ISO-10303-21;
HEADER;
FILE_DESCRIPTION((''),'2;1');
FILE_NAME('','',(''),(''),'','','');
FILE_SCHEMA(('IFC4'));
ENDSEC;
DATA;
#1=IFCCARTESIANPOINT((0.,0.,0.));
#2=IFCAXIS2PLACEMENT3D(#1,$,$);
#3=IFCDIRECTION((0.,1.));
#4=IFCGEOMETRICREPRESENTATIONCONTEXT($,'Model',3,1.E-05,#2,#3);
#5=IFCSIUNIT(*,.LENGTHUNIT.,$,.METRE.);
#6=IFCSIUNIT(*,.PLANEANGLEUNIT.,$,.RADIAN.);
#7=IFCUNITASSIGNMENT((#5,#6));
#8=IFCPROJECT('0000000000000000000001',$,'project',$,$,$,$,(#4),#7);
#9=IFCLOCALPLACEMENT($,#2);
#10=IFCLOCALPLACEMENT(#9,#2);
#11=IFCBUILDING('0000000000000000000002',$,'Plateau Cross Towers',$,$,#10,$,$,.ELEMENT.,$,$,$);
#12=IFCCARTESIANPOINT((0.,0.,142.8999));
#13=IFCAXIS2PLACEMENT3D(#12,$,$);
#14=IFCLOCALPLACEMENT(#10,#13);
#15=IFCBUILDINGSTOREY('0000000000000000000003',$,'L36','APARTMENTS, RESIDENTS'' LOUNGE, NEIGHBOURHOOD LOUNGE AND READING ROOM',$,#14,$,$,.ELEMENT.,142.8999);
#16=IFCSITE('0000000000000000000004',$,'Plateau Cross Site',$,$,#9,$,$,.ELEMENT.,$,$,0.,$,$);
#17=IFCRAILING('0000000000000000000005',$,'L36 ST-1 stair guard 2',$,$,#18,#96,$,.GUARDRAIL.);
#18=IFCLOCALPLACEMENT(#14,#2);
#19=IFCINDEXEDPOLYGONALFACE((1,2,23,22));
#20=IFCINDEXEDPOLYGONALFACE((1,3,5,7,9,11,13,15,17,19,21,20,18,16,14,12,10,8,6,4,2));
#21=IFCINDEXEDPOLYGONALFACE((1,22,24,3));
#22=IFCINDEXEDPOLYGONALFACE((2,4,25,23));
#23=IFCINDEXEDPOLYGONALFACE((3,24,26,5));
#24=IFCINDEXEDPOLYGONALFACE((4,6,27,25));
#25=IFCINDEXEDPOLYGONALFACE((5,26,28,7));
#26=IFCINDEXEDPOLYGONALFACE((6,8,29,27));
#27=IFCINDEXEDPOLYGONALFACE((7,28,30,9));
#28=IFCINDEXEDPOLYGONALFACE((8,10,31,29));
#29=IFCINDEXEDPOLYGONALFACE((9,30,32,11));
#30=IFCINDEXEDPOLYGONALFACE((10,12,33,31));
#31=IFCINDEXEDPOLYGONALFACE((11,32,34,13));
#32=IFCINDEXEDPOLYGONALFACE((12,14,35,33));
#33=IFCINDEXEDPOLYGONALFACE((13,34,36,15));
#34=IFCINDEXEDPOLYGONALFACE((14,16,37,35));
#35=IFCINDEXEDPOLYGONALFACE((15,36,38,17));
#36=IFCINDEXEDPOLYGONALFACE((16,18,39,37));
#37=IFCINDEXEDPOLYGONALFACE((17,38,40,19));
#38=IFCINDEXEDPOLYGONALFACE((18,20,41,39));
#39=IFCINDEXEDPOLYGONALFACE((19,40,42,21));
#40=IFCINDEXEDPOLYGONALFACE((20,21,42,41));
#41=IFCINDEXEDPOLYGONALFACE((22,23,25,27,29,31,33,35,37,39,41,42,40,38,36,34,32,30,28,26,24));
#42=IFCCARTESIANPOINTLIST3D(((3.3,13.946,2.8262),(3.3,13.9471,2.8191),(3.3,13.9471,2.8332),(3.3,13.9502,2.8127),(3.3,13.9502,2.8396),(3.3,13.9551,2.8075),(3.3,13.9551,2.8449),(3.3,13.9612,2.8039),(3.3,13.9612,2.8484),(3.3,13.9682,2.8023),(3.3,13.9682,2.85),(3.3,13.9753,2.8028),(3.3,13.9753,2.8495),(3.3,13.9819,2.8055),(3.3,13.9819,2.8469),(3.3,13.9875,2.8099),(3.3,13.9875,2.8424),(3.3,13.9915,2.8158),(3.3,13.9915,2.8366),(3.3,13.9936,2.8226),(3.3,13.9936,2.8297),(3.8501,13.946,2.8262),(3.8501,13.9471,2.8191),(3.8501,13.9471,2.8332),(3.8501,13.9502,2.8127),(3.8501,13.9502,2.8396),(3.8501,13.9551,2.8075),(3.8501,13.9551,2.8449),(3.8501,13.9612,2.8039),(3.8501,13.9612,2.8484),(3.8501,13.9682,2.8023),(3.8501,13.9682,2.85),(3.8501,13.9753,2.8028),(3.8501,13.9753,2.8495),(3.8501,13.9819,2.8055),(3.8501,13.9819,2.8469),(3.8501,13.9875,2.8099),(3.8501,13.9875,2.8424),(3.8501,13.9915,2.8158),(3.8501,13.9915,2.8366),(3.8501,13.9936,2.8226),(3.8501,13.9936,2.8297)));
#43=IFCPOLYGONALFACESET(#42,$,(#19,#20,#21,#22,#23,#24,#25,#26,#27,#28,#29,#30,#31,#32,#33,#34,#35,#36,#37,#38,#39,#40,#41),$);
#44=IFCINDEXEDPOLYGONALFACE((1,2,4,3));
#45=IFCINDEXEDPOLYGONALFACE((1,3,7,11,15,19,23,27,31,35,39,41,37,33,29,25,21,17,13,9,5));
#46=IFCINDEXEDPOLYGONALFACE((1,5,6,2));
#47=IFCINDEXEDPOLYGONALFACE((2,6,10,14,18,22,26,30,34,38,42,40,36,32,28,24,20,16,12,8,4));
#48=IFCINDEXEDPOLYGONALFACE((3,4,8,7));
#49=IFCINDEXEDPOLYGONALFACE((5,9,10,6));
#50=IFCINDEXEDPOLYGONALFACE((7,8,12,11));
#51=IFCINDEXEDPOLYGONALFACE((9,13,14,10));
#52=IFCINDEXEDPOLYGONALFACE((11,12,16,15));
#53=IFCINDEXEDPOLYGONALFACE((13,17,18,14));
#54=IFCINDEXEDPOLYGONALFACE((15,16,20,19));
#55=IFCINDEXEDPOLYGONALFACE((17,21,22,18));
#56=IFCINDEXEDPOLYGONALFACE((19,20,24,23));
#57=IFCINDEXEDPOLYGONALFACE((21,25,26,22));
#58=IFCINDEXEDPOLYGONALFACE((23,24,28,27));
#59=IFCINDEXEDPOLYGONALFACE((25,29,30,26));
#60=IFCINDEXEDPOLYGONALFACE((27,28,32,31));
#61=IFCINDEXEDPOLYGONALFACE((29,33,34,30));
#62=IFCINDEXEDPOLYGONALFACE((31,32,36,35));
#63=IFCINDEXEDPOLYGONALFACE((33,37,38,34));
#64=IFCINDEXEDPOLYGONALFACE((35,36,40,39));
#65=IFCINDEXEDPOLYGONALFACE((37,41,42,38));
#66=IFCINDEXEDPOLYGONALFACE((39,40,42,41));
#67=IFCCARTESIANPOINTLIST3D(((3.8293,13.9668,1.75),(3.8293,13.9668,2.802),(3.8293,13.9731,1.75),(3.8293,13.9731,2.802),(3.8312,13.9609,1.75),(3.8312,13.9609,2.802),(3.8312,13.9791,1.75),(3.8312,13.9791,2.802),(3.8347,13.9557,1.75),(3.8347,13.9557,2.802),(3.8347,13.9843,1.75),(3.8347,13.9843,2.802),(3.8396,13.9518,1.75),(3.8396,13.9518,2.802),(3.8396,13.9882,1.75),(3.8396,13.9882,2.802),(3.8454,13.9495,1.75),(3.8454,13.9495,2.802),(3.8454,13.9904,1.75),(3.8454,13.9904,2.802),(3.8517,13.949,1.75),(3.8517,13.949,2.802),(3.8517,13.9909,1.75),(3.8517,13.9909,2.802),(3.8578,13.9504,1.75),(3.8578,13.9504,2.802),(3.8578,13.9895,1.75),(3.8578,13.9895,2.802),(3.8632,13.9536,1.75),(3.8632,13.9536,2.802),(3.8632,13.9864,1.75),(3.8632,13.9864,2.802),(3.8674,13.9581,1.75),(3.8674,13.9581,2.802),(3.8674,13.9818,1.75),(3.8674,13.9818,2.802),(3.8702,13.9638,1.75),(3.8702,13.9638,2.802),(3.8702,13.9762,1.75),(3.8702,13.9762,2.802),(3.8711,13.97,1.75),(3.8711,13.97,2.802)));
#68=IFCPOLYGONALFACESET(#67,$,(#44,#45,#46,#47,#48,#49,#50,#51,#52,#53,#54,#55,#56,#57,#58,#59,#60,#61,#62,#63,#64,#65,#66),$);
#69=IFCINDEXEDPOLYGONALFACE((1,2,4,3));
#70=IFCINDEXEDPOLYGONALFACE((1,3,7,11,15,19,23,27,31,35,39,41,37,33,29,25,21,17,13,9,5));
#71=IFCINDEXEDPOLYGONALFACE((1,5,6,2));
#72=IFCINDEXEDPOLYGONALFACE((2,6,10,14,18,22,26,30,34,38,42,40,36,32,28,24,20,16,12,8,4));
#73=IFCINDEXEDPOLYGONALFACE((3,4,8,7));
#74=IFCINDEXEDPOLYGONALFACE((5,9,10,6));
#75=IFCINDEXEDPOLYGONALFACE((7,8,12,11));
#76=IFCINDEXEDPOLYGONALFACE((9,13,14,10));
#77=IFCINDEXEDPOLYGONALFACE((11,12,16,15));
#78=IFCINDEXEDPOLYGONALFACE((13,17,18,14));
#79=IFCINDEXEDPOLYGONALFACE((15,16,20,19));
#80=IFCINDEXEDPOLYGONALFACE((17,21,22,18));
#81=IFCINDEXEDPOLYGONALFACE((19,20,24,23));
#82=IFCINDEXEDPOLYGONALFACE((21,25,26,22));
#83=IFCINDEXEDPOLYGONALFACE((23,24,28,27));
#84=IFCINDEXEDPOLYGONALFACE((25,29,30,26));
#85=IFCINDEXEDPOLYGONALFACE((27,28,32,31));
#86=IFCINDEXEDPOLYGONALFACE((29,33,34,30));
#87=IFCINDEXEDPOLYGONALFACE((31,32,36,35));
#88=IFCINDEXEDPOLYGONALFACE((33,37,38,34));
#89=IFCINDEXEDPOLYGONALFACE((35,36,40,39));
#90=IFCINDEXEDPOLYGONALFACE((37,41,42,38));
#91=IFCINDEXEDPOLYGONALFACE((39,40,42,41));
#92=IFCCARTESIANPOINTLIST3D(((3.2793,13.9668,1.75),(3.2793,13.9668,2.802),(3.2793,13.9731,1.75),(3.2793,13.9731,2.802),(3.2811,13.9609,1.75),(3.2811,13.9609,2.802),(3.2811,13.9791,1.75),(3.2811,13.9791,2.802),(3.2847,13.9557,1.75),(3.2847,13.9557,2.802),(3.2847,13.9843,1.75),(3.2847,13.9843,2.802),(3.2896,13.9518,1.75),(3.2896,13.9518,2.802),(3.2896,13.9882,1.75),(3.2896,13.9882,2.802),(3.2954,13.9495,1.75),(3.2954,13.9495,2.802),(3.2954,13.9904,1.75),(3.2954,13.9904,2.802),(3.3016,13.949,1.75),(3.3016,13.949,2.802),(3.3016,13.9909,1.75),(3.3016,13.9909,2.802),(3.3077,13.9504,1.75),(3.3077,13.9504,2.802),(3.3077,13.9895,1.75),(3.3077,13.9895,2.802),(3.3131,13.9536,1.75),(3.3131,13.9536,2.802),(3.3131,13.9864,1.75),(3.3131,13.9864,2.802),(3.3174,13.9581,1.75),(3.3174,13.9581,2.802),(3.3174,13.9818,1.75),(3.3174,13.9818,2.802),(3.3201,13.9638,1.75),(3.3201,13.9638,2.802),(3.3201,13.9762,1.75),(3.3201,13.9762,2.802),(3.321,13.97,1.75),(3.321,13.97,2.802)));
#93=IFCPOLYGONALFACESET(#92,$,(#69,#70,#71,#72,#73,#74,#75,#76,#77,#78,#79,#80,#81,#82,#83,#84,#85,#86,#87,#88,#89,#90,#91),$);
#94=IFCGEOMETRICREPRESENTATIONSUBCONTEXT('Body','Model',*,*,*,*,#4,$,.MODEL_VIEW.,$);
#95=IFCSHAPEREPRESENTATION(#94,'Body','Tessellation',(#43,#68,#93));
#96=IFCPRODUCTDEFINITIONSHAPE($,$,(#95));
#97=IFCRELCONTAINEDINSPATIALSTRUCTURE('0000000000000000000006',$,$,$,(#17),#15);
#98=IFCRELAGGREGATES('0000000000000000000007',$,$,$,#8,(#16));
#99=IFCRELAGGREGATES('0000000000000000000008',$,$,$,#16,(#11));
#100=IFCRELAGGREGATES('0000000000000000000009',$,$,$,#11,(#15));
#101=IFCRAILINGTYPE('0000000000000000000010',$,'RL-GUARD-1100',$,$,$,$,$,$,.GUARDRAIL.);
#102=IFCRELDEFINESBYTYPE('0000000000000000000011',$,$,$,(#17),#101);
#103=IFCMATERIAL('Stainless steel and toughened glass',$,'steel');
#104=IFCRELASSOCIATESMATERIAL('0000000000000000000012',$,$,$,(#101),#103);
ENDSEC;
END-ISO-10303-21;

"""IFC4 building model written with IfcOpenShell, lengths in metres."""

from ifc_helpers import new_model, si_unit, direction, frame, origin, origin_2d, place, context, subcontext, project, spatial, circle, extrude, material, type_object, element, save


model = new_model("IFC4")

# Units and contexts
model_context = context("Model", 3, precision=1e-05, world=origin(), true_north=direction((0.0, 1.0)))
body_context = subcontext(model_context, "Body", "Model", "MODEL_VIEW")
ifc_project = project(units=[si_unit("LENGTHUNIT", "METRE"), si_unit("PLANEANGLEUNIT", "RADIAN")], contexts=[model_context])

# Site, building, storey
site_placement = place(None, origin())
site = spatial("IfcSite", under=ifc_project, at=site_placement, Name="Plateau Cross Site", CompositionType="ELEMENT", RefElevation=0.0)
building_placement = place(site_placement, origin())
building = spatial("IfcBuilding", under=site, at=building_placement, Name="Plateau Cross Towers", CompositionType="ELEMENT")
storey_placement = place(building_placement, frame((0.0, 0.0, 142.8999)))
storey = spatial("IfcBuildingStorey", under=building, at=storey_placement, Name="L36", Description="APARTMENTS, RESIDENTS' LOUNGE, NEIGHBOURHOOD LOUNGE AND READING ROOM", CompositionType="ELEMENT", Elevation=142.8999)

# Railing
ifc_material_1 = material(Name="Stainless steel and toughened glass", Category="steel")
railing_type = type_object("IfcRailingType", Name="RL-GUARD-1100", PredefinedType="GUARDRAIL", material=ifc_material_1)
railing_1_placement = place(storey_placement, frame((3.8501, 13.97, 1.75)))
element("IfcRailing", 1, at=railing_1_placement, inside=storey, type_object=railing_type, Name="L36 ST-1 stair guard 2", PredefinedType="GUARDRAIL", context=body_context, shape_type="SweptSolid", body=[
    extrude(circle(Radius=0.0239, at=origin_2d()), frame((0.0, 0.0, 1.0762), z_axis=(-1.0, 0.0, 0.0), x_axis=(0.0, -1.0, 0.0)), (0.0, 0.0, 1.0), 0.55),
    extrude(circle(Radius=0.021, at=origin_2d()), origin(), (0.0, 0.0, 1.0), 1.052),
    extrude(circle(Radius=0.021, at=origin_2d()), frame((-0.55, 0.0, 0.0)), (0.0, 0.0, 1.0), 1.052),
])

save(model, "model.ifc")
